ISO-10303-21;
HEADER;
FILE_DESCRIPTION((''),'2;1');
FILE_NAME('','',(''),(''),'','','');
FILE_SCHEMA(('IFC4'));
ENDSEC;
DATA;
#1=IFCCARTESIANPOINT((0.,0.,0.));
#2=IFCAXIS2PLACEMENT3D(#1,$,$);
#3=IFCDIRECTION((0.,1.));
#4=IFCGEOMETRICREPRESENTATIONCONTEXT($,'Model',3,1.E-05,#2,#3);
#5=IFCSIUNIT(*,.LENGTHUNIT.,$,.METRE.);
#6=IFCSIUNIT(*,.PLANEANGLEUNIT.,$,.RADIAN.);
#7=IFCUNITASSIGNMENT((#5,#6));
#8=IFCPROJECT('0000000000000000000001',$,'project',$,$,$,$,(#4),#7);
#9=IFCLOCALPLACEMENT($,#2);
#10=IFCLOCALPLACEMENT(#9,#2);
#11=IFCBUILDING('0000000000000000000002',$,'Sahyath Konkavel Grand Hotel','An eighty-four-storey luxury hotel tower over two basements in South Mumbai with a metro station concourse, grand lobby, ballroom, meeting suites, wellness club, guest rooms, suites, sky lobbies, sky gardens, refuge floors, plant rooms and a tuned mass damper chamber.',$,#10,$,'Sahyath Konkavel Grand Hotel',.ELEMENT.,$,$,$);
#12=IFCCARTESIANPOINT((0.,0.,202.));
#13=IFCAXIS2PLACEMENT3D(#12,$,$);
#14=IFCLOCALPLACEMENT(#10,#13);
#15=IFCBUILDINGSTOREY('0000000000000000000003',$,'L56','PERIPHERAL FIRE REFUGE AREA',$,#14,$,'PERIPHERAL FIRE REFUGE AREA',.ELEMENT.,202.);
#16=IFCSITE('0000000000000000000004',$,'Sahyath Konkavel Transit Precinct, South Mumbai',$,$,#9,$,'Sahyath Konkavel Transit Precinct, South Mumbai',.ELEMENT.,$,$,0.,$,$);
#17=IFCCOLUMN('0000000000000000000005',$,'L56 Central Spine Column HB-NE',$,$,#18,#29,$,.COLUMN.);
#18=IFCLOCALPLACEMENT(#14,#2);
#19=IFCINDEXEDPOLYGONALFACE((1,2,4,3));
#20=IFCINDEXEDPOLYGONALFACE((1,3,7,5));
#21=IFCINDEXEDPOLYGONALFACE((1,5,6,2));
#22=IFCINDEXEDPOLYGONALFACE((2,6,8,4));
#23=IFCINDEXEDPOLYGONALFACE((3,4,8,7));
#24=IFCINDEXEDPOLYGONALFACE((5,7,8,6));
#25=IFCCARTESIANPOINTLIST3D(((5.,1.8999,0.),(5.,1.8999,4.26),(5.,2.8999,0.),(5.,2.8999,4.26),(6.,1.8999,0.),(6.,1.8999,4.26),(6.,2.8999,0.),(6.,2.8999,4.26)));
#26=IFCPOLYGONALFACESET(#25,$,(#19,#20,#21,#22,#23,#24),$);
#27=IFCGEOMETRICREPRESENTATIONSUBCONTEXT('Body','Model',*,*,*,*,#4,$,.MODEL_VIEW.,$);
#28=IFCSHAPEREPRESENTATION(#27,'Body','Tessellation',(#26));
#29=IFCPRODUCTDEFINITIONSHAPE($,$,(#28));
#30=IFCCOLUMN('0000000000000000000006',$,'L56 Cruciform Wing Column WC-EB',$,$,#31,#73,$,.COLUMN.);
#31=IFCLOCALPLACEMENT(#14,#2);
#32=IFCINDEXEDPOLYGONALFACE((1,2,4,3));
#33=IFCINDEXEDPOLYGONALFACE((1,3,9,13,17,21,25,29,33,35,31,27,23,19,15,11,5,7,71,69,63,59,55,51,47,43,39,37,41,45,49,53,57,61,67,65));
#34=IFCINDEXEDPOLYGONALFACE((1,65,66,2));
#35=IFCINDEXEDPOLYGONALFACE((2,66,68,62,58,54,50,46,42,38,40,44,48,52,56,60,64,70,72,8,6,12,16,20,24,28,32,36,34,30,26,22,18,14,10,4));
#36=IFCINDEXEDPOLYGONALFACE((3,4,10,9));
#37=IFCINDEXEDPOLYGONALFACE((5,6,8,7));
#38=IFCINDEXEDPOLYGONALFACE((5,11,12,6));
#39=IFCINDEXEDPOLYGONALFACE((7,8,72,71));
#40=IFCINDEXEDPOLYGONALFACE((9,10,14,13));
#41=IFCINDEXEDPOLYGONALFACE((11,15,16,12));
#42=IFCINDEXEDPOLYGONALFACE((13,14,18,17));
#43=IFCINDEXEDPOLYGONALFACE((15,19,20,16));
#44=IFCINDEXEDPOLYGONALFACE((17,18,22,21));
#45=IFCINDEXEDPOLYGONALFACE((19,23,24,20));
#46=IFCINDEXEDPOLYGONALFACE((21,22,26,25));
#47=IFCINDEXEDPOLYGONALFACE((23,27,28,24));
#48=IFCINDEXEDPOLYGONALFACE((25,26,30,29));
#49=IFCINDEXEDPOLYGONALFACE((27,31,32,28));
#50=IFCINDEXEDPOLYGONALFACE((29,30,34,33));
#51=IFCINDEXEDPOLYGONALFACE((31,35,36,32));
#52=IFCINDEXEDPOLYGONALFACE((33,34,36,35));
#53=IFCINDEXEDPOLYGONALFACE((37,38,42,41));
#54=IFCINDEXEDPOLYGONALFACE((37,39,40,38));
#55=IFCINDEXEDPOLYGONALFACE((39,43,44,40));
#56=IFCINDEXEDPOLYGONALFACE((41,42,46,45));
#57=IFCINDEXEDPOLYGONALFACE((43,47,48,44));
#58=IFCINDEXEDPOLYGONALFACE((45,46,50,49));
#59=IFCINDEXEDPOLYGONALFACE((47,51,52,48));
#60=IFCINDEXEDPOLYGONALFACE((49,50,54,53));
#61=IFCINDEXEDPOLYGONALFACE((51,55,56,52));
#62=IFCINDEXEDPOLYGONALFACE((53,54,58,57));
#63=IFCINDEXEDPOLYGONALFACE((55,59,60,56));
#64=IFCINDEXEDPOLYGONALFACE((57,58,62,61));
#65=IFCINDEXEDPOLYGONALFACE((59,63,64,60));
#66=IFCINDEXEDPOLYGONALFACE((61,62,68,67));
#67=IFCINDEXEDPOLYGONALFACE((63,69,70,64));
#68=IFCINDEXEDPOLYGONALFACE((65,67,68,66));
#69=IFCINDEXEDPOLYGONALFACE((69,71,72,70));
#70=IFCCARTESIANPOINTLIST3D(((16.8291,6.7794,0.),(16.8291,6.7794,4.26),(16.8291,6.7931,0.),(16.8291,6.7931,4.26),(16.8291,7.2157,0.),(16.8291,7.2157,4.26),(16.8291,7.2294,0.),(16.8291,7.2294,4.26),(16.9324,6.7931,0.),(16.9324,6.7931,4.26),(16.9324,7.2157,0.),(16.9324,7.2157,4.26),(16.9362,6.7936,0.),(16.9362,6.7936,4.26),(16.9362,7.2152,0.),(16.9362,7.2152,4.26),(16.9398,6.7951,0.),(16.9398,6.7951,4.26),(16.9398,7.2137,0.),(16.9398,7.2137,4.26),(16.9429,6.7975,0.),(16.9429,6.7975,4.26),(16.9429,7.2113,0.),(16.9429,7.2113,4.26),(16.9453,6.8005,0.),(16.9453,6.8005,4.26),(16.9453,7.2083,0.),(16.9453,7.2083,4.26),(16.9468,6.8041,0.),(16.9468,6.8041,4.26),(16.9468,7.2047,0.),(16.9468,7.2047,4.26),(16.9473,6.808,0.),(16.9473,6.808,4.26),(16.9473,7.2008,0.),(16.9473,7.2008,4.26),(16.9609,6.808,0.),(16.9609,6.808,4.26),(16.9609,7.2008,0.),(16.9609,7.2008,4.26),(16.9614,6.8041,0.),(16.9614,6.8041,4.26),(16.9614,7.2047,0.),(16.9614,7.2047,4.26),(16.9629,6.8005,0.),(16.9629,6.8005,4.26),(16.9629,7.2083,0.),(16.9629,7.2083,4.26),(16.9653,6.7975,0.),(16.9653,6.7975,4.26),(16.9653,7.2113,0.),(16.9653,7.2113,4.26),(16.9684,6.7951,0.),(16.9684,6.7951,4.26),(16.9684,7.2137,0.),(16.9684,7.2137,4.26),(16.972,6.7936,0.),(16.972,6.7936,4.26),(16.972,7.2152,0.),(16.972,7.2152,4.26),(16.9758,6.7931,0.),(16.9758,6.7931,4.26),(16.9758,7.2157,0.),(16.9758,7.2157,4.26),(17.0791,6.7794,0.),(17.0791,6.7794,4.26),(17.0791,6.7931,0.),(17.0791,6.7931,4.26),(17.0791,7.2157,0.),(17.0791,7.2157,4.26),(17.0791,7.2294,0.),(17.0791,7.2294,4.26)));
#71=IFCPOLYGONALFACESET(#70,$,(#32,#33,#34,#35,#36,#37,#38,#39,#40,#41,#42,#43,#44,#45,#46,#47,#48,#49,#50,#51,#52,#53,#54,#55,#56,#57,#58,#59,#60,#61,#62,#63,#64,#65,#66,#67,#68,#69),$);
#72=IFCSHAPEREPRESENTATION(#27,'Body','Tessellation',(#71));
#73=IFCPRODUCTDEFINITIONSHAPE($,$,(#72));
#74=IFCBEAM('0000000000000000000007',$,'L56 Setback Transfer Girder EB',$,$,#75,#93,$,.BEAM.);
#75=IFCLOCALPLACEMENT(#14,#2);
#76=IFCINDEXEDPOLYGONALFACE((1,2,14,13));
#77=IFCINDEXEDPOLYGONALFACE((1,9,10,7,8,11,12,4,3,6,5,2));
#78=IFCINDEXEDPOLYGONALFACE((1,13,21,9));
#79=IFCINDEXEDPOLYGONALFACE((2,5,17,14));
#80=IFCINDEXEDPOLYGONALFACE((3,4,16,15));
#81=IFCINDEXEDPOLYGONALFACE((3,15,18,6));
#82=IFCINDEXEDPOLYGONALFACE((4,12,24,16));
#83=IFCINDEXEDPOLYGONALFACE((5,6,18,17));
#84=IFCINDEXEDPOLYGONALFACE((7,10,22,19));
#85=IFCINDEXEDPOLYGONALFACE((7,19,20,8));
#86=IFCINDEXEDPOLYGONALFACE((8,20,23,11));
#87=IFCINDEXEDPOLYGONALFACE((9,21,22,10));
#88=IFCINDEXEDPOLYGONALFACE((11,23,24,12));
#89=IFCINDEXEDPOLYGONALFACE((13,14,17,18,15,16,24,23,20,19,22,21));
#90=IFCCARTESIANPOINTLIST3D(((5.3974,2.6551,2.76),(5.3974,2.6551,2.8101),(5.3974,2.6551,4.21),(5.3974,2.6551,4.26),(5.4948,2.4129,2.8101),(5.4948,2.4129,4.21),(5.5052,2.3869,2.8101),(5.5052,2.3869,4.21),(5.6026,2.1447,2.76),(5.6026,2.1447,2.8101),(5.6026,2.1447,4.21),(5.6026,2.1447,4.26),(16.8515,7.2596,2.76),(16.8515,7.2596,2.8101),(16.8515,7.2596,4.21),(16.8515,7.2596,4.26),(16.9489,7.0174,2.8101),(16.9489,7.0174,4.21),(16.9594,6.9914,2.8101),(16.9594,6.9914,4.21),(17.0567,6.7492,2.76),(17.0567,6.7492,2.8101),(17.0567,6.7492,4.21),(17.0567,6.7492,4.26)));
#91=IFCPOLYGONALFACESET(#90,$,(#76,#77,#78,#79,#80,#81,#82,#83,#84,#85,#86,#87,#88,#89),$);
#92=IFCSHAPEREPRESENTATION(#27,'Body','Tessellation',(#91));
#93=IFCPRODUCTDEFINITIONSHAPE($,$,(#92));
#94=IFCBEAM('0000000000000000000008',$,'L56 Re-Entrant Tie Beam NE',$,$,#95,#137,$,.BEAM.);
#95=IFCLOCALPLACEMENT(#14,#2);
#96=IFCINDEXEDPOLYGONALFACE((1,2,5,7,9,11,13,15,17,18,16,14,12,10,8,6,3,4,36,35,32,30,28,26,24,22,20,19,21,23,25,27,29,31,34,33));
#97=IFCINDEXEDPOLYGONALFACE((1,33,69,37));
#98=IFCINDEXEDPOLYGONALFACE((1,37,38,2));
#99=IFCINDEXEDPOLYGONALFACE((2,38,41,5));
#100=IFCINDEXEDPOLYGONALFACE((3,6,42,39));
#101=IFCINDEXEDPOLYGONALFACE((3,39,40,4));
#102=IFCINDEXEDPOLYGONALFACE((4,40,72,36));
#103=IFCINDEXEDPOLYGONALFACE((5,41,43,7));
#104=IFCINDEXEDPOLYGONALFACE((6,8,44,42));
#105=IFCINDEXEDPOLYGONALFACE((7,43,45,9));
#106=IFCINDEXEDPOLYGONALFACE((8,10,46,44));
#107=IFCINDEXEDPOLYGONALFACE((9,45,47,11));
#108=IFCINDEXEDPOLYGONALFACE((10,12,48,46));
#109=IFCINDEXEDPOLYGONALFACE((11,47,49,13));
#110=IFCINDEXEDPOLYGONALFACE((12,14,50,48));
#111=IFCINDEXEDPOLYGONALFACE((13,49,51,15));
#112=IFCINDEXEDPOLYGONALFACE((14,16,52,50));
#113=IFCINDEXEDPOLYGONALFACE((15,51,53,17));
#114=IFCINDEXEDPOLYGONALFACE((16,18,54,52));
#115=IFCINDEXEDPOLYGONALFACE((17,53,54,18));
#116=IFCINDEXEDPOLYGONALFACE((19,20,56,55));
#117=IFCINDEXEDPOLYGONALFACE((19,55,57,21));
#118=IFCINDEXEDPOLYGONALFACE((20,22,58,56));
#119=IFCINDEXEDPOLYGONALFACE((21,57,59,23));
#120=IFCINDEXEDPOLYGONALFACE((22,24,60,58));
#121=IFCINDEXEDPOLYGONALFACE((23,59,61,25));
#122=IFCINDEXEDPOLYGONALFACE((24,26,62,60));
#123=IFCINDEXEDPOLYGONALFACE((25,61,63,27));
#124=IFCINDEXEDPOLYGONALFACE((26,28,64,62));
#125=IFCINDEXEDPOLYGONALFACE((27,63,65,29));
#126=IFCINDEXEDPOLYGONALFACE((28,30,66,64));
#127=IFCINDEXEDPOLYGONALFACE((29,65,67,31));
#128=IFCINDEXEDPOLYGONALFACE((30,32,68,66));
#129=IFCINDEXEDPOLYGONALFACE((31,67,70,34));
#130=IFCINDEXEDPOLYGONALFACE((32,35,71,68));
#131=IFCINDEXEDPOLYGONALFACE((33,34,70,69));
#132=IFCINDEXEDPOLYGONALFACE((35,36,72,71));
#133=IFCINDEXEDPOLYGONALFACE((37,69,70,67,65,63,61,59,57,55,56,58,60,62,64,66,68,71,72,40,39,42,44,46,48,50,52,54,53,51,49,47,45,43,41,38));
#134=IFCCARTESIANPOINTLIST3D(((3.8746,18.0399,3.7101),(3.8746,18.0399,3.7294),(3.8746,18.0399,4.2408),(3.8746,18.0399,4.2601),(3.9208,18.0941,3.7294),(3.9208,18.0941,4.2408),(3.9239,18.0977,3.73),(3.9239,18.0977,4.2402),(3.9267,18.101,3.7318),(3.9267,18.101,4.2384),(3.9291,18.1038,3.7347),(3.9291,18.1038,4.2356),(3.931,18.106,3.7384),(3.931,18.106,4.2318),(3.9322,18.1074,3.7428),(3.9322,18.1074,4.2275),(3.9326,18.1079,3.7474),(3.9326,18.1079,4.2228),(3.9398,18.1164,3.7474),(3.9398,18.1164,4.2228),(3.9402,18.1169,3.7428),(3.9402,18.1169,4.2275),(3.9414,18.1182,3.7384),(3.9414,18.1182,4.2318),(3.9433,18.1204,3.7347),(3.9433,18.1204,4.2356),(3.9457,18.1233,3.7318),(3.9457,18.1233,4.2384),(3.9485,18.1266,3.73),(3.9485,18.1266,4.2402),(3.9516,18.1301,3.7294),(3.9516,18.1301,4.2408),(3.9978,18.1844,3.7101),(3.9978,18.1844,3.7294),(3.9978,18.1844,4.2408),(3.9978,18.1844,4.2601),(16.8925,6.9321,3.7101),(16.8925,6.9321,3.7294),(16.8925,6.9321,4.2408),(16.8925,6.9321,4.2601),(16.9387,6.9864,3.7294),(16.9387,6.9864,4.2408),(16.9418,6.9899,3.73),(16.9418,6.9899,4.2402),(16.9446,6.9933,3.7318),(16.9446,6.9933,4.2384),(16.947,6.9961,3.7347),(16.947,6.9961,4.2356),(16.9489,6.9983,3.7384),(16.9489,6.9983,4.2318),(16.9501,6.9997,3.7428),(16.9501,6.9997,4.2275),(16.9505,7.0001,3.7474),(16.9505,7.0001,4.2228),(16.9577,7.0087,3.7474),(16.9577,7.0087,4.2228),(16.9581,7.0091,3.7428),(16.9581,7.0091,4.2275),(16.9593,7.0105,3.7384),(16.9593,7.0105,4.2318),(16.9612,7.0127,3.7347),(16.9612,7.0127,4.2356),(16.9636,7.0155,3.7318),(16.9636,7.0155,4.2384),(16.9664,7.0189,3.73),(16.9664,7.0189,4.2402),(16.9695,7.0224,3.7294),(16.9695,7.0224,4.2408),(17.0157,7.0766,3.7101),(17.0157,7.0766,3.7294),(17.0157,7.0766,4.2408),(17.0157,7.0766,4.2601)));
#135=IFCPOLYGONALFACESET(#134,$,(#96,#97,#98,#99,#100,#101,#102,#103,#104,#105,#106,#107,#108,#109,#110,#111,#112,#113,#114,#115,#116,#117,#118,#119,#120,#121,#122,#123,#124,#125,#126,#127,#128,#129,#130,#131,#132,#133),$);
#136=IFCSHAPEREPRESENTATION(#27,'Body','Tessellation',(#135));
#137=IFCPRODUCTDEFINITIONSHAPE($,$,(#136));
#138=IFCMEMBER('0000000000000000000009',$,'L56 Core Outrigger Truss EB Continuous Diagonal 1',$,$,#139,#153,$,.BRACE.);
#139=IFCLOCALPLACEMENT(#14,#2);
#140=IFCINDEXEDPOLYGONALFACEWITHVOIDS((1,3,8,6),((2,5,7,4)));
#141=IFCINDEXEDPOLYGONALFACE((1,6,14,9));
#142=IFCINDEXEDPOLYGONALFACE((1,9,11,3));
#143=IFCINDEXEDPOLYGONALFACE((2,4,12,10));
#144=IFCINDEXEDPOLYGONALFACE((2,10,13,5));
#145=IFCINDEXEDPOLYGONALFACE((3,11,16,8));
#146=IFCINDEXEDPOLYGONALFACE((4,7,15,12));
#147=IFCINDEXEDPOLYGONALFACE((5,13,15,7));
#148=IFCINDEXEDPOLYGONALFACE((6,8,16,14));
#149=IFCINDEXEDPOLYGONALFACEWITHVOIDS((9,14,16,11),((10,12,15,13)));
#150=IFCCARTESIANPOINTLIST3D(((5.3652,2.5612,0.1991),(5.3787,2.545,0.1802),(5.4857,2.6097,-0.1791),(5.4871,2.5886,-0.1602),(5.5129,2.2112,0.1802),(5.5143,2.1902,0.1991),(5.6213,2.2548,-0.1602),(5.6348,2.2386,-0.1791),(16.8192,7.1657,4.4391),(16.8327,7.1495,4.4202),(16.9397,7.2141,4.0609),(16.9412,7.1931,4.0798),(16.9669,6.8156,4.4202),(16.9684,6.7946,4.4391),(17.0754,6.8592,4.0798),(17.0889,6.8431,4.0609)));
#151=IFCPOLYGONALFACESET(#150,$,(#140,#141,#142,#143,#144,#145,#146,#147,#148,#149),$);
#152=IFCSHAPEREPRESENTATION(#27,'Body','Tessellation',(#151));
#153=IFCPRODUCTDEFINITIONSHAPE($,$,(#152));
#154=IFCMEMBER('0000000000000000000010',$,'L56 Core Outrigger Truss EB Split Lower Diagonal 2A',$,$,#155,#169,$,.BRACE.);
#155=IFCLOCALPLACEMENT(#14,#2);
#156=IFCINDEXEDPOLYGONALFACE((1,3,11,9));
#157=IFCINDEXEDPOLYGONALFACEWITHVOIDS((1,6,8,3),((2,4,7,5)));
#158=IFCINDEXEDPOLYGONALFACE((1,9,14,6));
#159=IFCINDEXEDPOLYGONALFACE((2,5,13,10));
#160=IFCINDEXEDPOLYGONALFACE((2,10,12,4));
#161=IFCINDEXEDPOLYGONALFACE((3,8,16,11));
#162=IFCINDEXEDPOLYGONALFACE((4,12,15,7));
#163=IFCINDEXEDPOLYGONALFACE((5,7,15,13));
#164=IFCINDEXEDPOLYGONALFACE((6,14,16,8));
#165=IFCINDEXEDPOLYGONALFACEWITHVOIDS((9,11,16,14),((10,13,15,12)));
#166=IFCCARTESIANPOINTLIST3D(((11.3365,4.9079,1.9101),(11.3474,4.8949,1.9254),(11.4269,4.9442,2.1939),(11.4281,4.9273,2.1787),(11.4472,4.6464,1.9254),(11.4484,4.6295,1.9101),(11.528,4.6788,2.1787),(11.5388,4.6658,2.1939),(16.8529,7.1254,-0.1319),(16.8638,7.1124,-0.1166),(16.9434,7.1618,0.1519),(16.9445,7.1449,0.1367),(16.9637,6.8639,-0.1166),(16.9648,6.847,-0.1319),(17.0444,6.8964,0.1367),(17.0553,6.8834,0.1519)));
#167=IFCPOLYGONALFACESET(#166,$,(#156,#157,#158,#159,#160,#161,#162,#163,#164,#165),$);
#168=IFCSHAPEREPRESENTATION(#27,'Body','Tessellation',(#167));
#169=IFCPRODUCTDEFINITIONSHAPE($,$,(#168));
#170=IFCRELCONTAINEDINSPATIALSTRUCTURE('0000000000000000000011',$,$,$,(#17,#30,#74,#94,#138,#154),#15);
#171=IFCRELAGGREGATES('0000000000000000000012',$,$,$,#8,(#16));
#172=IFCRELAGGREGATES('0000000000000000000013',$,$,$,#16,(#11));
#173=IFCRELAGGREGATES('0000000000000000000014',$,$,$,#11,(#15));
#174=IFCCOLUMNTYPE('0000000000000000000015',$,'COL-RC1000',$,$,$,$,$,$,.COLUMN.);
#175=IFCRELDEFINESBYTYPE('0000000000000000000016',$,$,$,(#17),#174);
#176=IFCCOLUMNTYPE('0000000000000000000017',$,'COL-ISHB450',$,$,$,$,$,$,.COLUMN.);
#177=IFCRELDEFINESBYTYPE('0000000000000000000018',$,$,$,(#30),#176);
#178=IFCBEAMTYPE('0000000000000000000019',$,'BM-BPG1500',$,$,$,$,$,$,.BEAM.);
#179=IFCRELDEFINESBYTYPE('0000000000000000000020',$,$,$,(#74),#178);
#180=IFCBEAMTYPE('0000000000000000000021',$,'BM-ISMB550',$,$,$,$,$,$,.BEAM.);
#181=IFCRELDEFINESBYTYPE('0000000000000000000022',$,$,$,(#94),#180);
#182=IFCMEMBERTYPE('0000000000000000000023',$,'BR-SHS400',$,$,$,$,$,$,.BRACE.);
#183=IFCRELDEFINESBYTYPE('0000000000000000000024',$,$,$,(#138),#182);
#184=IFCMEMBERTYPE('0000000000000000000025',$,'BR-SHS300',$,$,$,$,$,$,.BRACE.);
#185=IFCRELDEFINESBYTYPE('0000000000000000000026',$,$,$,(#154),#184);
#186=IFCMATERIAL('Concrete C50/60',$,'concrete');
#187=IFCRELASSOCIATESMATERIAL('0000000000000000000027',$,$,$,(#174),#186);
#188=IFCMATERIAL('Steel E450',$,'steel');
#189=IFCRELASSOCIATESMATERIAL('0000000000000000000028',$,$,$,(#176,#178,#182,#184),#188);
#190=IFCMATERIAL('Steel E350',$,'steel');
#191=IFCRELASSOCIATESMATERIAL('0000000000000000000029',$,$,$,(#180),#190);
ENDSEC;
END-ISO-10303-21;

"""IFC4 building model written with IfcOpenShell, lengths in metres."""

from ifc_helpers import new_model, si_unit, direction, frame, origin, origin_2d, place, context, subcontext, project, spatial, rectangle, hollow_rectangle, i_section, extrude, source, transform, mapped, material, material_profile, profile_set, type_object, element, save


model = new_model("IFC4")

# Units and contexts
model_context = context("Model", 3, precision=1e-05, world=origin(), true_north=direction((0.0, 1.0)))
body_context = subcontext(model_context, "Body", "Model", "MODEL_VIEW")
ifc_project = project(units=[si_unit("LENGTHUNIT", "METRE"), si_unit("PLANEANGLEUNIT", "RADIAN")], contexts=[model_context])

# Site, building, storey
site_placement = place(None, origin())
site = spatial("IfcSite", under=ifc_project, at=site_placement, Name="Sahyath Konkavel Transit Precinct, South Mumbai", LongName="Sahyath Konkavel Transit Precinct, South Mumbai", CompositionType="ELEMENT", RefElevation=0.0)
building_placement = place(site_placement, origin())
building = spatial("IfcBuilding", under=site, at=building_placement, Name="Sahyath Konkavel Grand Hotel", Description="An eighty-four-storey luxury hotel tower over two basements in South Mumbai with a metro station concourse, grand lobby, ballroom, meeting suites, wellness club, guest rooms, suites, sky lobbies, sky gardens, refuge floors, plant rooms and a tuned mass damper chamber.", LongName="Sahyath Konkavel Grand Hotel", CompositionType="ELEMENT")
storey_placement = place(building_placement, frame((0.0, 0.0, 202.0)))
storey = spatial("IfcBuildingStorey", under=building, at=storey_placement, Name="L56", Description="PERIPHERAL FIRE REFUGE AREA", LongName="PERIPHERAL FIRE REFUGE AREA", CompositionType="ELEMENT", Elevation=202.0)

# Columns
ifc_material_1 = material(Name="Concrete C50/60", Category="concrete")
ifc_material_profile_1 = material_profile(ifc_material_1, rectangle(XDim=1.0, YDim=1.0, at=origin_2d()), Name="RC 1000x1000")
ifc_profile_set_1 = profile_set([ifc_material_profile_1], Name="Concrete C50/60")
column_type_1 = type_object("IfcColumnType", Name="COL-RC1000", PredefinedType="COLUMN", material=ifc_profile_set_1)
shared_shape_1 = source(origin(), body_context, "Body", "SweptSolid", [
    extrude(rectangle(XDim=1.0, YDim=1.0, at=origin_2d()), origin(), (0.0, 0.0, 1.0), 4.26),
])
column_1_placement = place(storey_placement, frame((5.5, 2.3999, 0.0), z_axis=(0.0, 0.0, 1.0), x_axis=(1.0, 0.0, 0.0)))
element("IfcColumn", 1, at=column_1_placement, inside=storey, type_object=column_type_1, Name="L56 Central Spine Column HB-NE", PredefinedType="COLUMN", context=body_context, shape_type="MappedRepresentation", body=[
    mapped(shared_shape_1, transform((0.0, 0.0, 0.0), scale=1.0)),
])
ifc_material_2 = material(Name="Steel E450", Category="steel")
ifc_material_profile_2 = material_profile(ifc_material_2, i_section(OverallWidth=0.25, OverallDepth=0.45, WebThickness=0.0137, FlangeThickness=0.0137, FilletRadius=0.0149, at=origin_2d()), Name="ISHB 450")
ifc_profile_set_2 = profile_set([ifc_material_profile_2], Name="Steel E450")
column_type_2 = type_object("IfcColumnType", Name="COL-ISHB450", PredefinedType="COLUMN", material=ifc_profile_set_2)
shared_shape_2 = source(origin(), body_context, "Body", "SweptSolid", [
    extrude(i_section(OverallWidth=0.25, OverallDepth=0.45, WebThickness=0.0137, FlangeThickness=0.0137, FilletRadius=0.0149, at=origin_2d()), origin(), (0.0, 0.0, 1.0), 4.26),
])
column_2_placement = place(storey_placement, frame((16.9541, 7.0044, 0.0), z_axis=(0.0, 0.0, 1.0), x_axis=(1.0, 0.0, 0.0)))
element("IfcColumn", 2, at=column_2_placement, inside=storey, type_object=column_type_2, Name="L56 Cruciform Wing Column WC-EB", PredefinedType="COLUMN", context=body_context, shape_type="MappedRepresentation", body=[
    mapped(shared_shape_2, transform((0.0, 0.0, 0.0), scale=1.0)),
])

# Beams
ifc_material_profile_3 = material_profile(ifc_material_2, i_section(OverallWidth=0.55, OverallDepth=1.5, WebThickness=0.0281, FlangeThickness=0.05, at=origin_2d()), Name="BPG 1500x550")
ifc_profile_set_3 = profile_set([ifc_material_profile_3], Name="Steel E450")
beam_type_1 = type_object("IfcBeamType", Name="BM-BPG1500", PredefinedType="BEAM", material=ifc_profile_set_3)
shared_shape_3 = source(origin(), body_context, "Body", "SweptSolid", [
    extrude(i_section(OverallWidth=0.55, OverallDepth=1.5, WebThickness=0.0281, FlangeThickness=0.05, at=origin_2d()), origin(), (0.0, 0.0, 1.0), 12.345),
])
beam_1_placement = place(storey_placement, frame((5.5, 2.3999, 3.51), z_axis=(0.927837, 0.372986, 0.0), x_axis=(-0.372986, 0.927837, 0.0)))
element("IfcBeam", 3, at=beam_1_placement, inside=storey, type_object=beam_type_1, Name="L56 Setback Transfer Girder EB", PredefinedType="BEAM", context=body_context, shape_type="MappedRepresentation", body=[
    mapped(shared_shape_3, transform((0.0, 0.0, 0.0), scale=1.0)),
])
ifc_material_3 = material(Name="Steel E350", Category="steel")
ifc_material_profile_4 = material_profile(ifc_material_3, i_section(OverallWidth=0.1899, OverallDepth=0.55, WebThickness=0.0112, FlangeThickness=0.0193, FilletRadius=0.0181, at=origin_2d()), Name="ISMB 550")
ifc_profile_set_4 = profile_set([ifc_material_profile_4], Name="Steel E350")
beam_type_2 = type_object("IfcBeamType", Name="BM-ISMB550", PredefinedType="BEAM", material=ifc_profile_set_4)
shared_shape_4 = source(origin(), body_context, "Body", "SweptSolid", [
    extrude(i_section(OverallWidth=0.1899, OverallDepth=0.55, WebThickness=0.0112, FlangeThickness=0.0193, FilletRadius=0.0181, at=origin_2d()), origin(), (0.0, 0.0, 1.0), 17.1128),
])
beam_2_placement = place(storey_placement, frame((16.9541, 7.0044, 3.9851), z_axis=(-0.760712, 0.64909, 0.0), x_axis=(-0.64909, -0.760712, 0.0)))
element("IfcBeam", 4, at=beam_2_placement, inside=storey, type_object=beam_type_2, Name="L56 Re-Entrant Tie Beam NE", PredefinedType="BEAM", context=body_context, shape_type="MappedRepresentation", body=[
    mapped(shared_shape_4, transform((0.0, 0.0, 0.0), scale=1.0)),
])

# Members
ifc_material_profile_5 = material_profile(ifc_material_2, hollow_rectangle(XDim=0.3999, YDim=0.3999, WallThickness=0.02, at=origin_2d()), Name="SHS 400x400x20")
ifc_profile_set_5 = profile_set([ifc_material_profile_5], Name="Steel E450")
member_type_1 = type_object("IfcMemberType", Name="BR-SHS400", PredefinedType="BRACE", material=ifc_profile_set_5)
shared_shape_5 = source(origin(), body_context, "Body", "SweptSolid", [
    extrude(hollow_rectangle(XDim=0.3999, YDim=0.3999, WallThickness=0.02, at=origin_2d()), origin(), (0.0, 0.0, 1.0), 13.0527),
])
member_1_placement = place(storey_placement, frame((5.5, 2.3999, 0.01), z_axis=(0.877521, 0.352759, 0.324834), x_axis=(-0.372986, 0.927837, 0.0)))
element("IfcMember", 5, at=member_1_placement, inside=storey, type_object=member_type_1, Name="L56 Core Outrigger Truss EB Continuous Diagonal 1", PredefinedType="BRACE", context=body_context, shape_type="MappedRepresentation", body=[
    mapped(shared_shape_5, transform((0.0, 0.0, 0.0), scale=1.0)),
])
ifc_material_profile_6 = material_profile(ifc_material_2, hollow_rectangle(XDim=0.3, YDim=0.3, WallThickness=0.0161, at=origin_2d()), Name="SHS 300x300x16")
ifc_profile_set_6 = profile_set([ifc_material_profile_6], Name="Steel E450")
member_type_2 = type_object("IfcMemberType", Name="BR-SHS300", PredefinedType="BRACE", material=ifc_profile_set_6)
shared_shape_6 = source(origin(), body_context, "Body", "SweptSolid", [
    extrude(hollow_rectangle(XDim=0.3, YDim=0.3, WallThickness=0.0161, at=origin_2d()), origin(), (0.0, 0.0, 1.0), 6.2864),
])
for number, where, z_axis, x_axis, name in (
    (6, (16.9541, 7.0044, 0.01), (-0.877523, -0.352757, 0.324833), (0.372983, -0.927838, 0.0), "L56 Core Outrigger Truss EB Split Lower Diagonal 2A"),
):
    element("IfcMember", number, at=place(storey_placement, frame(where, z_axis=z_axis, x_axis=x_axis)), inside=storey, type_object=member_type_2, Name=name, PredefinedType="BRACE", context=body_context, shape_type="MappedRepresentation", body=[
        mapped(shared_shape_6, transform((0.0, 0.0, 0.0), scale=1.0)),
    ])

save(model, "model.ifc")
